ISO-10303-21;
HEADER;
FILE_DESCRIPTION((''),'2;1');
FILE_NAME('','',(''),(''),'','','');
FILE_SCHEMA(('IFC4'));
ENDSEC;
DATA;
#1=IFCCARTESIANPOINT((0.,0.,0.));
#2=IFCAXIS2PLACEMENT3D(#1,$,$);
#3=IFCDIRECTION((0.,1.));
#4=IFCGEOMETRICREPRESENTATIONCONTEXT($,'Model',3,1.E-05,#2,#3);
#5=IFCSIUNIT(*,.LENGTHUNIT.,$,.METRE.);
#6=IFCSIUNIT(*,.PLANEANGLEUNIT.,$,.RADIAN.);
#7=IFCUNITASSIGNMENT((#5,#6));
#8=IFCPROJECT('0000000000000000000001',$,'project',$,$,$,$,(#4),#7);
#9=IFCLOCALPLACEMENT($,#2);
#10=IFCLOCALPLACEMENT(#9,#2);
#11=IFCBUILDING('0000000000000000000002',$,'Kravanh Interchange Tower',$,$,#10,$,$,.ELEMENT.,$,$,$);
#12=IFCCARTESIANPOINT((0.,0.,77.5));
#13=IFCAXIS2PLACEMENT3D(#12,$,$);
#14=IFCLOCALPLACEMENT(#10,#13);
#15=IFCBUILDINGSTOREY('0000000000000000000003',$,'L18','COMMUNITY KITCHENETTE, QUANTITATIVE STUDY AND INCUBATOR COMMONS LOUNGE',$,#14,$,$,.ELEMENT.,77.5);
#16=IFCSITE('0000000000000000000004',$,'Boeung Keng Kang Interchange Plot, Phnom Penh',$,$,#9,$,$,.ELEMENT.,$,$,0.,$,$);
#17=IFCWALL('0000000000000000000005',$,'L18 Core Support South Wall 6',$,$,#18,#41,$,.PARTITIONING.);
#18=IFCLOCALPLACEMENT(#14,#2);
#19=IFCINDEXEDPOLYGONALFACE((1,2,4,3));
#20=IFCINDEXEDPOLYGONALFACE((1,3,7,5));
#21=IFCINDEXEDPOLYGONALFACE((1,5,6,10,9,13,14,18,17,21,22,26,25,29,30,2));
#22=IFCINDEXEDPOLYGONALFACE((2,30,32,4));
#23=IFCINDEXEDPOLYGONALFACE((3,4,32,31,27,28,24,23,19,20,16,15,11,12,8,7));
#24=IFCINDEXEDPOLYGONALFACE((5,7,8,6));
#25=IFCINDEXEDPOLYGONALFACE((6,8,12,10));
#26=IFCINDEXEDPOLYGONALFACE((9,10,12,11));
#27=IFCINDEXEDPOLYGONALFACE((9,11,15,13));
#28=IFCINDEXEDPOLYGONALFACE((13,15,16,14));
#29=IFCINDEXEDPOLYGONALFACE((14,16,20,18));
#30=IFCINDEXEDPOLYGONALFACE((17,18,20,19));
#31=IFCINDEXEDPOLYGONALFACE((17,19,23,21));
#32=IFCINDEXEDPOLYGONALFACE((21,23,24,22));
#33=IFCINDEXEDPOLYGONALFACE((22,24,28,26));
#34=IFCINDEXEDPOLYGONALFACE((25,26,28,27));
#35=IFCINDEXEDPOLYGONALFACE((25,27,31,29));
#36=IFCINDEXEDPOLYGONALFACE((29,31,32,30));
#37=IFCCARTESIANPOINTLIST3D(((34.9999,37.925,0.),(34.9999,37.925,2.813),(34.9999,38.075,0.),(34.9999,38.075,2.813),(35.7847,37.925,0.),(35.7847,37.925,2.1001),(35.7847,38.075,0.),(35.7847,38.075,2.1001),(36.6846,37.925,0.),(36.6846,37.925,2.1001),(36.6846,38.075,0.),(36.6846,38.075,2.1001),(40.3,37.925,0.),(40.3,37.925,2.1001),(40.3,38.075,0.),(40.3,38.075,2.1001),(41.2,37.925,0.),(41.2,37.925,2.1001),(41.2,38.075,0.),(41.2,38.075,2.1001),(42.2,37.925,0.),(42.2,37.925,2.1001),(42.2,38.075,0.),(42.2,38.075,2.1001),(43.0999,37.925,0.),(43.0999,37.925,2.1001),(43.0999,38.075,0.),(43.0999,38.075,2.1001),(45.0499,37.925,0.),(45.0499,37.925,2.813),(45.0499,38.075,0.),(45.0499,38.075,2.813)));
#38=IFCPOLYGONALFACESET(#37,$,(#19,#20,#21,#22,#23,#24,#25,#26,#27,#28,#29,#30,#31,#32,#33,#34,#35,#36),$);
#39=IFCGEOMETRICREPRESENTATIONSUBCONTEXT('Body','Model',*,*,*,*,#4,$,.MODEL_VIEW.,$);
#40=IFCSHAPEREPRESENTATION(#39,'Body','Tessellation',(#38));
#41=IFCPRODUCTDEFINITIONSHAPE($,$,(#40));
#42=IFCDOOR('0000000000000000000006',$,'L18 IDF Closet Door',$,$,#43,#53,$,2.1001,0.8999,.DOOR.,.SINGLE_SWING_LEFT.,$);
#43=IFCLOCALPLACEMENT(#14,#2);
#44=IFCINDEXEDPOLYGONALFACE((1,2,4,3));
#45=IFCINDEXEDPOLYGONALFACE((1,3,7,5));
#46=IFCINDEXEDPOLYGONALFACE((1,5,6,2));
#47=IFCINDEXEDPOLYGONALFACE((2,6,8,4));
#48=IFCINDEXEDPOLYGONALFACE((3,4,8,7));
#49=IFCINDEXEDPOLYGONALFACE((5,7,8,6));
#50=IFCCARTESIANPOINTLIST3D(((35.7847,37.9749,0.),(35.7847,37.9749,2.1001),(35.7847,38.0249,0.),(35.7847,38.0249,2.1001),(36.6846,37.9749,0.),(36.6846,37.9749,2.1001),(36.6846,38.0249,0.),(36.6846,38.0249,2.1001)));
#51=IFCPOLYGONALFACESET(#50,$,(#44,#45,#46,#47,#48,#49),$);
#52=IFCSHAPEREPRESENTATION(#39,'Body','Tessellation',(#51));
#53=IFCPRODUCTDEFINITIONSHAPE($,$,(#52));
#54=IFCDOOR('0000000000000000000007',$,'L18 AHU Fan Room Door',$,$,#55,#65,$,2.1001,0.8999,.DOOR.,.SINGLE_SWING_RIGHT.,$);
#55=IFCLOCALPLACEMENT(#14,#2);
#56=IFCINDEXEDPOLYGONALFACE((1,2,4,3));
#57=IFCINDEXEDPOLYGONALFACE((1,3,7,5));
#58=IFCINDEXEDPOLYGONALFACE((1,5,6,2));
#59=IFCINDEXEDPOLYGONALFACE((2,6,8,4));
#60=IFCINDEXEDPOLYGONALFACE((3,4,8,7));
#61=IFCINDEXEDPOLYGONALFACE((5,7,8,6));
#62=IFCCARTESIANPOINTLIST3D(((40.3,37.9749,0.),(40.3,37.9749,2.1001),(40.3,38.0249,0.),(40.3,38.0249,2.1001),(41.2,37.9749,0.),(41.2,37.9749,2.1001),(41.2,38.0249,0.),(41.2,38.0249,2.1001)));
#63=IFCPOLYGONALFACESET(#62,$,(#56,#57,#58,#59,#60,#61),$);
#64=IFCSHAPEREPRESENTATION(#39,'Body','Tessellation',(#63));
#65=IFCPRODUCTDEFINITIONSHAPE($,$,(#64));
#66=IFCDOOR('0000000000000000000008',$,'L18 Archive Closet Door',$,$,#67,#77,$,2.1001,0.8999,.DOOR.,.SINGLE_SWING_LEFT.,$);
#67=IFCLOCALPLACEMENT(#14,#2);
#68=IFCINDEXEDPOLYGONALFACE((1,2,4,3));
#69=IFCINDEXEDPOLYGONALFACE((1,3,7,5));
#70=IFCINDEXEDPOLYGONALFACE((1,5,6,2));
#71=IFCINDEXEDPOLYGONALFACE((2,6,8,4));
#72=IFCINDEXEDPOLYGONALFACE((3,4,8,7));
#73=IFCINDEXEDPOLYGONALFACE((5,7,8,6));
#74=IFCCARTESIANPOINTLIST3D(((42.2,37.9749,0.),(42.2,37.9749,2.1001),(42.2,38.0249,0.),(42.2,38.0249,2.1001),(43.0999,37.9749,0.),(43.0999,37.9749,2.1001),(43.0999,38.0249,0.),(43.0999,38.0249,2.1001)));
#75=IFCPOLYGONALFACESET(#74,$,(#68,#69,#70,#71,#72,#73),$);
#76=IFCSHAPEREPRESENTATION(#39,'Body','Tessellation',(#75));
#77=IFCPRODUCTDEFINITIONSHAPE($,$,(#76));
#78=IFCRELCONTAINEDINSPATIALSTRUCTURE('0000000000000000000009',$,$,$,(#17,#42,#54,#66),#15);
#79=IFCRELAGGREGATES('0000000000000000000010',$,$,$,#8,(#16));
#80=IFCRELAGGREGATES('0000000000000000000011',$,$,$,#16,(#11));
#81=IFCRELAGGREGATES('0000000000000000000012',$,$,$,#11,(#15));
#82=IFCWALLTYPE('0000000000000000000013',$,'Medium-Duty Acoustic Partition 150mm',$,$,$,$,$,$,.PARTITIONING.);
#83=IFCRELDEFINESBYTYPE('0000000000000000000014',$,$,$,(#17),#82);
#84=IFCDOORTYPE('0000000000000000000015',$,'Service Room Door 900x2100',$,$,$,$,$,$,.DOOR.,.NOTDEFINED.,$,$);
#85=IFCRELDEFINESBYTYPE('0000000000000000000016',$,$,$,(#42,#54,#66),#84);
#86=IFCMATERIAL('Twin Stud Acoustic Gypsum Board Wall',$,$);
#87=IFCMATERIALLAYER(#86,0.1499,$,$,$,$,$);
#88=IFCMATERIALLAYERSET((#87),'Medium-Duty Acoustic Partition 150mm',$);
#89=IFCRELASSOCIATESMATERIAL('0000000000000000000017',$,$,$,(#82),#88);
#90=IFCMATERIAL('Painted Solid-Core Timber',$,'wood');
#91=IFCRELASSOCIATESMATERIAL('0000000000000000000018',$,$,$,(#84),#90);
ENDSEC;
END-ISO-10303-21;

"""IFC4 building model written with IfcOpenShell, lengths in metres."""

from ifc_helpers import new_model, si_unit, direction, frame, frame_2d, origin, place, context, subcontext, project, spatial, rectangle, extrude, material, layer, layer_set, type_object, element, fill, save


model = new_model("IFC4")

# Units and contexts
model_context = context("Model", 3, precision=1e-05, world=origin(), true_north=direction((0.0, 1.0)))
body_context = subcontext(model_context, "Body", "Model", "MODEL_VIEW")
ifc_project = project(units=[si_unit("LENGTHUNIT", "METRE"), si_unit("PLANEANGLEUNIT", "RADIAN")], contexts=[model_context])

# Site, building, storey
site_placement = place(None, origin())
site = spatial("IfcSite", under=ifc_project, at=site_placement, Name="Boeung Keng Kang Interchange Plot, Phnom Penh", CompositionType="ELEMENT", RefElevation=0.0)
building_placement = place(site_placement, origin())
building = spatial("IfcBuilding", under=site, at=building_placement, Name="Kravanh Interchange Tower", CompositionType="ELEMENT")
storey_placement = place(building_placement, frame((0.0, 0.0, 77.5)))
storey = spatial("IfcBuildingStorey", under=building, at=storey_placement, Name="L18", Description="COMMUNITY KITCHENETTE, QUANTITATIVE STUDY AND INCUBATOR COMMONS LOUNGE", CompositionType="ELEMENT", Elevation=77.5)

# Wall, openings, doors
ifc_material_1 = material(Name="Twin Stud Acoustic Gypsum Board Wall")
ifc_layer_1 = layer(ifc_material_1, 0.1499)
ifc_layer_set_1 = layer_set([ifc_layer_1], Name="Medium-Duty Acoustic Partition 150mm")
wall_type_1 = type_object("IfcWallType", Name="Medium-Duty Acoustic Partition 150mm", PredefinedType="PARTITIONING", material=ifc_layer_set_1)
wall_1_placement = place(storey_placement, frame((35.0, 38.0, 0.0), z_axis=(0.0, 0.0, 1.0), x_axis=(1.0, 0.0, 0.0)))
wall_1 = element("IfcWall", 1, at=wall_1_placement, inside=storey, type_object=wall_type_1, Name="L18 Core Support South Wall 6", PredefinedType="PARTITIONING", context=body_context, shape_type="SweptSolid", body=[
    extrude(rectangle(XDim=10.05, YDim=0.1499, at=frame_2d((5.0249, 0.0))), origin(), (0.0, 0.0, 1.0), 2.813),
])
opening_1_placement = place(wall_1_placement, frame((0.7847, 0.0, 0.0)))
opening_1 = element("IfcOpeningElement", 2, at=opening_1_placement, cuts=wall_1, PredefinedType="OPENING", context=body_context, shape_type="SweptSolid", body=[
    extrude(rectangle(XDim=0.8999, YDim=2.1001, at=frame_2d((0.45, 1.05))), frame((0.0, 0.085, 0.0), z_axis=(0.0, -1.0, 0.0), x_axis=(1.0, 0.0, 0.0)), (0.0, 0.0, 1.0), 0.1699),
])
opening_2_placement = place(wall_1_placement, frame((5.3, 0.0, 0.0)))
opening_2 = element("IfcOpeningElement", 3, at=opening_2_placement, cuts=wall_1, PredefinedType="OPENING", context=body_context, shape_type="SweptSolid", body=[
    extrude(rectangle(XDim=0.8999, YDim=2.1001, at=frame_2d((0.45, 1.05))), frame((0.0, 0.085, 0.0), z_axis=(0.0, -1.0, 0.0), x_axis=(1.0, 0.0, 0.0)), (0.0, 0.0, 1.0), 0.1699),
])
opening_3_placement = place(wall_1_placement, frame((7.2, 0.0, 0.0)))
opening_3 = element("IfcOpeningElement", 4, at=opening_3_placement, cuts=wall_1, PredefinedType="OPENING", context=body_context, shape_type="SweptSolid", body=[
    extrude(rectangle(XDim=0.8999, YDim=2.1001, at=frame_2d((0.45, 1.05))), frame((0.0, 0.085, 0.0), z_axis=(0.0, -1.0, 0.0), x_axis=(1.0, 0.0, 0.0)), (0.0, 0.0, 1.0), 0.1699),
])
ifc_material_2 = material(Name="Painted Solid-Core Timber", Category="wood")
door_type = type_object("IfcDoorType", Name="Service Room Door 900x2100", OperationType="NOTDEFINED", PredefinedType="DOOR", material=ifc_material_2)
door_1_placement = place(opening_1_placement, origin())
door_1 = element("IfcDoor", 5, at=door_1_placement, inside=storey, type_object=door_type, Name="L18 IDF Closet Door", OperationType="SINGLE_SWING_LEFT", OverallHeight=2.1001, OverallWidth=0.8999, PredefinedType="DOOR", context=body_context, shape_type="SweptSolid", body=[
    extrude(rectangle(XDim=0.8999, YDim=2.1001, at=frame_2d((0.45, 1.05))), frame((0.0, 0.0249, 0.0), z_axis=(0.0, -1.0, 0.0), x_axis=(1.0, 0.0, 0.0)), (0.0, 0.0, 1.0), 0.05),
])
fill(opening_1, door_1)
door_2_placement = place(opening_2_placement, origin())
door_2 = element("IfcDoor", 6, at=door_2_placement, inside=storey, type_object=door_type, Name="L18 AHU Fan Room Door", OperationType="SINGLE_SWING_RIGHT", OverallHeight=2.1001, OverallWidth=0.8999, PredefinedType="DOOR", context=body_context, shape_type="SweptSolid", body=[
    extrude(rectangle(XDim=0.8999, YDim=2.1001, at=frame_2d((0.45, 1.05))), frame((0.0, 0.0249, 0.0), z_axis=(0.0, -1.0, 0.0), x_axis=(1.0, 0.0, 0.0)), (0.0, 0.0, 1.0), 0.05),
])
fill(opening_2, door_2)
door_3_placement = place(opening_3_placement, origin())
door_3 = element("IfcDoor", 7, at=door_3_placement, inside=storey, type_object=door_type, Name="L18 Archive Closet Door", OperationType="SINGLE_SWING_LEFT", OverallHeight=2.1001, OverallWidth=0.8999, PredefinedType="DOOR", context=body_context, shape_type="SweptSolid", body=[
    extrude(rectangle(XDim=0.8999, YDim=2.1001, at=frame_2d((0.45, 1.05))), frame((0.0, 0.0249, 0.0), z_axis=(0.0, -1.0, 0.0), x_axis=(1.0, 0.0, 0.0)), (0.0, 0.0, 1.0), 0.05),
])
fill(opening_3, door_3)

save(model, "model.ifc")
